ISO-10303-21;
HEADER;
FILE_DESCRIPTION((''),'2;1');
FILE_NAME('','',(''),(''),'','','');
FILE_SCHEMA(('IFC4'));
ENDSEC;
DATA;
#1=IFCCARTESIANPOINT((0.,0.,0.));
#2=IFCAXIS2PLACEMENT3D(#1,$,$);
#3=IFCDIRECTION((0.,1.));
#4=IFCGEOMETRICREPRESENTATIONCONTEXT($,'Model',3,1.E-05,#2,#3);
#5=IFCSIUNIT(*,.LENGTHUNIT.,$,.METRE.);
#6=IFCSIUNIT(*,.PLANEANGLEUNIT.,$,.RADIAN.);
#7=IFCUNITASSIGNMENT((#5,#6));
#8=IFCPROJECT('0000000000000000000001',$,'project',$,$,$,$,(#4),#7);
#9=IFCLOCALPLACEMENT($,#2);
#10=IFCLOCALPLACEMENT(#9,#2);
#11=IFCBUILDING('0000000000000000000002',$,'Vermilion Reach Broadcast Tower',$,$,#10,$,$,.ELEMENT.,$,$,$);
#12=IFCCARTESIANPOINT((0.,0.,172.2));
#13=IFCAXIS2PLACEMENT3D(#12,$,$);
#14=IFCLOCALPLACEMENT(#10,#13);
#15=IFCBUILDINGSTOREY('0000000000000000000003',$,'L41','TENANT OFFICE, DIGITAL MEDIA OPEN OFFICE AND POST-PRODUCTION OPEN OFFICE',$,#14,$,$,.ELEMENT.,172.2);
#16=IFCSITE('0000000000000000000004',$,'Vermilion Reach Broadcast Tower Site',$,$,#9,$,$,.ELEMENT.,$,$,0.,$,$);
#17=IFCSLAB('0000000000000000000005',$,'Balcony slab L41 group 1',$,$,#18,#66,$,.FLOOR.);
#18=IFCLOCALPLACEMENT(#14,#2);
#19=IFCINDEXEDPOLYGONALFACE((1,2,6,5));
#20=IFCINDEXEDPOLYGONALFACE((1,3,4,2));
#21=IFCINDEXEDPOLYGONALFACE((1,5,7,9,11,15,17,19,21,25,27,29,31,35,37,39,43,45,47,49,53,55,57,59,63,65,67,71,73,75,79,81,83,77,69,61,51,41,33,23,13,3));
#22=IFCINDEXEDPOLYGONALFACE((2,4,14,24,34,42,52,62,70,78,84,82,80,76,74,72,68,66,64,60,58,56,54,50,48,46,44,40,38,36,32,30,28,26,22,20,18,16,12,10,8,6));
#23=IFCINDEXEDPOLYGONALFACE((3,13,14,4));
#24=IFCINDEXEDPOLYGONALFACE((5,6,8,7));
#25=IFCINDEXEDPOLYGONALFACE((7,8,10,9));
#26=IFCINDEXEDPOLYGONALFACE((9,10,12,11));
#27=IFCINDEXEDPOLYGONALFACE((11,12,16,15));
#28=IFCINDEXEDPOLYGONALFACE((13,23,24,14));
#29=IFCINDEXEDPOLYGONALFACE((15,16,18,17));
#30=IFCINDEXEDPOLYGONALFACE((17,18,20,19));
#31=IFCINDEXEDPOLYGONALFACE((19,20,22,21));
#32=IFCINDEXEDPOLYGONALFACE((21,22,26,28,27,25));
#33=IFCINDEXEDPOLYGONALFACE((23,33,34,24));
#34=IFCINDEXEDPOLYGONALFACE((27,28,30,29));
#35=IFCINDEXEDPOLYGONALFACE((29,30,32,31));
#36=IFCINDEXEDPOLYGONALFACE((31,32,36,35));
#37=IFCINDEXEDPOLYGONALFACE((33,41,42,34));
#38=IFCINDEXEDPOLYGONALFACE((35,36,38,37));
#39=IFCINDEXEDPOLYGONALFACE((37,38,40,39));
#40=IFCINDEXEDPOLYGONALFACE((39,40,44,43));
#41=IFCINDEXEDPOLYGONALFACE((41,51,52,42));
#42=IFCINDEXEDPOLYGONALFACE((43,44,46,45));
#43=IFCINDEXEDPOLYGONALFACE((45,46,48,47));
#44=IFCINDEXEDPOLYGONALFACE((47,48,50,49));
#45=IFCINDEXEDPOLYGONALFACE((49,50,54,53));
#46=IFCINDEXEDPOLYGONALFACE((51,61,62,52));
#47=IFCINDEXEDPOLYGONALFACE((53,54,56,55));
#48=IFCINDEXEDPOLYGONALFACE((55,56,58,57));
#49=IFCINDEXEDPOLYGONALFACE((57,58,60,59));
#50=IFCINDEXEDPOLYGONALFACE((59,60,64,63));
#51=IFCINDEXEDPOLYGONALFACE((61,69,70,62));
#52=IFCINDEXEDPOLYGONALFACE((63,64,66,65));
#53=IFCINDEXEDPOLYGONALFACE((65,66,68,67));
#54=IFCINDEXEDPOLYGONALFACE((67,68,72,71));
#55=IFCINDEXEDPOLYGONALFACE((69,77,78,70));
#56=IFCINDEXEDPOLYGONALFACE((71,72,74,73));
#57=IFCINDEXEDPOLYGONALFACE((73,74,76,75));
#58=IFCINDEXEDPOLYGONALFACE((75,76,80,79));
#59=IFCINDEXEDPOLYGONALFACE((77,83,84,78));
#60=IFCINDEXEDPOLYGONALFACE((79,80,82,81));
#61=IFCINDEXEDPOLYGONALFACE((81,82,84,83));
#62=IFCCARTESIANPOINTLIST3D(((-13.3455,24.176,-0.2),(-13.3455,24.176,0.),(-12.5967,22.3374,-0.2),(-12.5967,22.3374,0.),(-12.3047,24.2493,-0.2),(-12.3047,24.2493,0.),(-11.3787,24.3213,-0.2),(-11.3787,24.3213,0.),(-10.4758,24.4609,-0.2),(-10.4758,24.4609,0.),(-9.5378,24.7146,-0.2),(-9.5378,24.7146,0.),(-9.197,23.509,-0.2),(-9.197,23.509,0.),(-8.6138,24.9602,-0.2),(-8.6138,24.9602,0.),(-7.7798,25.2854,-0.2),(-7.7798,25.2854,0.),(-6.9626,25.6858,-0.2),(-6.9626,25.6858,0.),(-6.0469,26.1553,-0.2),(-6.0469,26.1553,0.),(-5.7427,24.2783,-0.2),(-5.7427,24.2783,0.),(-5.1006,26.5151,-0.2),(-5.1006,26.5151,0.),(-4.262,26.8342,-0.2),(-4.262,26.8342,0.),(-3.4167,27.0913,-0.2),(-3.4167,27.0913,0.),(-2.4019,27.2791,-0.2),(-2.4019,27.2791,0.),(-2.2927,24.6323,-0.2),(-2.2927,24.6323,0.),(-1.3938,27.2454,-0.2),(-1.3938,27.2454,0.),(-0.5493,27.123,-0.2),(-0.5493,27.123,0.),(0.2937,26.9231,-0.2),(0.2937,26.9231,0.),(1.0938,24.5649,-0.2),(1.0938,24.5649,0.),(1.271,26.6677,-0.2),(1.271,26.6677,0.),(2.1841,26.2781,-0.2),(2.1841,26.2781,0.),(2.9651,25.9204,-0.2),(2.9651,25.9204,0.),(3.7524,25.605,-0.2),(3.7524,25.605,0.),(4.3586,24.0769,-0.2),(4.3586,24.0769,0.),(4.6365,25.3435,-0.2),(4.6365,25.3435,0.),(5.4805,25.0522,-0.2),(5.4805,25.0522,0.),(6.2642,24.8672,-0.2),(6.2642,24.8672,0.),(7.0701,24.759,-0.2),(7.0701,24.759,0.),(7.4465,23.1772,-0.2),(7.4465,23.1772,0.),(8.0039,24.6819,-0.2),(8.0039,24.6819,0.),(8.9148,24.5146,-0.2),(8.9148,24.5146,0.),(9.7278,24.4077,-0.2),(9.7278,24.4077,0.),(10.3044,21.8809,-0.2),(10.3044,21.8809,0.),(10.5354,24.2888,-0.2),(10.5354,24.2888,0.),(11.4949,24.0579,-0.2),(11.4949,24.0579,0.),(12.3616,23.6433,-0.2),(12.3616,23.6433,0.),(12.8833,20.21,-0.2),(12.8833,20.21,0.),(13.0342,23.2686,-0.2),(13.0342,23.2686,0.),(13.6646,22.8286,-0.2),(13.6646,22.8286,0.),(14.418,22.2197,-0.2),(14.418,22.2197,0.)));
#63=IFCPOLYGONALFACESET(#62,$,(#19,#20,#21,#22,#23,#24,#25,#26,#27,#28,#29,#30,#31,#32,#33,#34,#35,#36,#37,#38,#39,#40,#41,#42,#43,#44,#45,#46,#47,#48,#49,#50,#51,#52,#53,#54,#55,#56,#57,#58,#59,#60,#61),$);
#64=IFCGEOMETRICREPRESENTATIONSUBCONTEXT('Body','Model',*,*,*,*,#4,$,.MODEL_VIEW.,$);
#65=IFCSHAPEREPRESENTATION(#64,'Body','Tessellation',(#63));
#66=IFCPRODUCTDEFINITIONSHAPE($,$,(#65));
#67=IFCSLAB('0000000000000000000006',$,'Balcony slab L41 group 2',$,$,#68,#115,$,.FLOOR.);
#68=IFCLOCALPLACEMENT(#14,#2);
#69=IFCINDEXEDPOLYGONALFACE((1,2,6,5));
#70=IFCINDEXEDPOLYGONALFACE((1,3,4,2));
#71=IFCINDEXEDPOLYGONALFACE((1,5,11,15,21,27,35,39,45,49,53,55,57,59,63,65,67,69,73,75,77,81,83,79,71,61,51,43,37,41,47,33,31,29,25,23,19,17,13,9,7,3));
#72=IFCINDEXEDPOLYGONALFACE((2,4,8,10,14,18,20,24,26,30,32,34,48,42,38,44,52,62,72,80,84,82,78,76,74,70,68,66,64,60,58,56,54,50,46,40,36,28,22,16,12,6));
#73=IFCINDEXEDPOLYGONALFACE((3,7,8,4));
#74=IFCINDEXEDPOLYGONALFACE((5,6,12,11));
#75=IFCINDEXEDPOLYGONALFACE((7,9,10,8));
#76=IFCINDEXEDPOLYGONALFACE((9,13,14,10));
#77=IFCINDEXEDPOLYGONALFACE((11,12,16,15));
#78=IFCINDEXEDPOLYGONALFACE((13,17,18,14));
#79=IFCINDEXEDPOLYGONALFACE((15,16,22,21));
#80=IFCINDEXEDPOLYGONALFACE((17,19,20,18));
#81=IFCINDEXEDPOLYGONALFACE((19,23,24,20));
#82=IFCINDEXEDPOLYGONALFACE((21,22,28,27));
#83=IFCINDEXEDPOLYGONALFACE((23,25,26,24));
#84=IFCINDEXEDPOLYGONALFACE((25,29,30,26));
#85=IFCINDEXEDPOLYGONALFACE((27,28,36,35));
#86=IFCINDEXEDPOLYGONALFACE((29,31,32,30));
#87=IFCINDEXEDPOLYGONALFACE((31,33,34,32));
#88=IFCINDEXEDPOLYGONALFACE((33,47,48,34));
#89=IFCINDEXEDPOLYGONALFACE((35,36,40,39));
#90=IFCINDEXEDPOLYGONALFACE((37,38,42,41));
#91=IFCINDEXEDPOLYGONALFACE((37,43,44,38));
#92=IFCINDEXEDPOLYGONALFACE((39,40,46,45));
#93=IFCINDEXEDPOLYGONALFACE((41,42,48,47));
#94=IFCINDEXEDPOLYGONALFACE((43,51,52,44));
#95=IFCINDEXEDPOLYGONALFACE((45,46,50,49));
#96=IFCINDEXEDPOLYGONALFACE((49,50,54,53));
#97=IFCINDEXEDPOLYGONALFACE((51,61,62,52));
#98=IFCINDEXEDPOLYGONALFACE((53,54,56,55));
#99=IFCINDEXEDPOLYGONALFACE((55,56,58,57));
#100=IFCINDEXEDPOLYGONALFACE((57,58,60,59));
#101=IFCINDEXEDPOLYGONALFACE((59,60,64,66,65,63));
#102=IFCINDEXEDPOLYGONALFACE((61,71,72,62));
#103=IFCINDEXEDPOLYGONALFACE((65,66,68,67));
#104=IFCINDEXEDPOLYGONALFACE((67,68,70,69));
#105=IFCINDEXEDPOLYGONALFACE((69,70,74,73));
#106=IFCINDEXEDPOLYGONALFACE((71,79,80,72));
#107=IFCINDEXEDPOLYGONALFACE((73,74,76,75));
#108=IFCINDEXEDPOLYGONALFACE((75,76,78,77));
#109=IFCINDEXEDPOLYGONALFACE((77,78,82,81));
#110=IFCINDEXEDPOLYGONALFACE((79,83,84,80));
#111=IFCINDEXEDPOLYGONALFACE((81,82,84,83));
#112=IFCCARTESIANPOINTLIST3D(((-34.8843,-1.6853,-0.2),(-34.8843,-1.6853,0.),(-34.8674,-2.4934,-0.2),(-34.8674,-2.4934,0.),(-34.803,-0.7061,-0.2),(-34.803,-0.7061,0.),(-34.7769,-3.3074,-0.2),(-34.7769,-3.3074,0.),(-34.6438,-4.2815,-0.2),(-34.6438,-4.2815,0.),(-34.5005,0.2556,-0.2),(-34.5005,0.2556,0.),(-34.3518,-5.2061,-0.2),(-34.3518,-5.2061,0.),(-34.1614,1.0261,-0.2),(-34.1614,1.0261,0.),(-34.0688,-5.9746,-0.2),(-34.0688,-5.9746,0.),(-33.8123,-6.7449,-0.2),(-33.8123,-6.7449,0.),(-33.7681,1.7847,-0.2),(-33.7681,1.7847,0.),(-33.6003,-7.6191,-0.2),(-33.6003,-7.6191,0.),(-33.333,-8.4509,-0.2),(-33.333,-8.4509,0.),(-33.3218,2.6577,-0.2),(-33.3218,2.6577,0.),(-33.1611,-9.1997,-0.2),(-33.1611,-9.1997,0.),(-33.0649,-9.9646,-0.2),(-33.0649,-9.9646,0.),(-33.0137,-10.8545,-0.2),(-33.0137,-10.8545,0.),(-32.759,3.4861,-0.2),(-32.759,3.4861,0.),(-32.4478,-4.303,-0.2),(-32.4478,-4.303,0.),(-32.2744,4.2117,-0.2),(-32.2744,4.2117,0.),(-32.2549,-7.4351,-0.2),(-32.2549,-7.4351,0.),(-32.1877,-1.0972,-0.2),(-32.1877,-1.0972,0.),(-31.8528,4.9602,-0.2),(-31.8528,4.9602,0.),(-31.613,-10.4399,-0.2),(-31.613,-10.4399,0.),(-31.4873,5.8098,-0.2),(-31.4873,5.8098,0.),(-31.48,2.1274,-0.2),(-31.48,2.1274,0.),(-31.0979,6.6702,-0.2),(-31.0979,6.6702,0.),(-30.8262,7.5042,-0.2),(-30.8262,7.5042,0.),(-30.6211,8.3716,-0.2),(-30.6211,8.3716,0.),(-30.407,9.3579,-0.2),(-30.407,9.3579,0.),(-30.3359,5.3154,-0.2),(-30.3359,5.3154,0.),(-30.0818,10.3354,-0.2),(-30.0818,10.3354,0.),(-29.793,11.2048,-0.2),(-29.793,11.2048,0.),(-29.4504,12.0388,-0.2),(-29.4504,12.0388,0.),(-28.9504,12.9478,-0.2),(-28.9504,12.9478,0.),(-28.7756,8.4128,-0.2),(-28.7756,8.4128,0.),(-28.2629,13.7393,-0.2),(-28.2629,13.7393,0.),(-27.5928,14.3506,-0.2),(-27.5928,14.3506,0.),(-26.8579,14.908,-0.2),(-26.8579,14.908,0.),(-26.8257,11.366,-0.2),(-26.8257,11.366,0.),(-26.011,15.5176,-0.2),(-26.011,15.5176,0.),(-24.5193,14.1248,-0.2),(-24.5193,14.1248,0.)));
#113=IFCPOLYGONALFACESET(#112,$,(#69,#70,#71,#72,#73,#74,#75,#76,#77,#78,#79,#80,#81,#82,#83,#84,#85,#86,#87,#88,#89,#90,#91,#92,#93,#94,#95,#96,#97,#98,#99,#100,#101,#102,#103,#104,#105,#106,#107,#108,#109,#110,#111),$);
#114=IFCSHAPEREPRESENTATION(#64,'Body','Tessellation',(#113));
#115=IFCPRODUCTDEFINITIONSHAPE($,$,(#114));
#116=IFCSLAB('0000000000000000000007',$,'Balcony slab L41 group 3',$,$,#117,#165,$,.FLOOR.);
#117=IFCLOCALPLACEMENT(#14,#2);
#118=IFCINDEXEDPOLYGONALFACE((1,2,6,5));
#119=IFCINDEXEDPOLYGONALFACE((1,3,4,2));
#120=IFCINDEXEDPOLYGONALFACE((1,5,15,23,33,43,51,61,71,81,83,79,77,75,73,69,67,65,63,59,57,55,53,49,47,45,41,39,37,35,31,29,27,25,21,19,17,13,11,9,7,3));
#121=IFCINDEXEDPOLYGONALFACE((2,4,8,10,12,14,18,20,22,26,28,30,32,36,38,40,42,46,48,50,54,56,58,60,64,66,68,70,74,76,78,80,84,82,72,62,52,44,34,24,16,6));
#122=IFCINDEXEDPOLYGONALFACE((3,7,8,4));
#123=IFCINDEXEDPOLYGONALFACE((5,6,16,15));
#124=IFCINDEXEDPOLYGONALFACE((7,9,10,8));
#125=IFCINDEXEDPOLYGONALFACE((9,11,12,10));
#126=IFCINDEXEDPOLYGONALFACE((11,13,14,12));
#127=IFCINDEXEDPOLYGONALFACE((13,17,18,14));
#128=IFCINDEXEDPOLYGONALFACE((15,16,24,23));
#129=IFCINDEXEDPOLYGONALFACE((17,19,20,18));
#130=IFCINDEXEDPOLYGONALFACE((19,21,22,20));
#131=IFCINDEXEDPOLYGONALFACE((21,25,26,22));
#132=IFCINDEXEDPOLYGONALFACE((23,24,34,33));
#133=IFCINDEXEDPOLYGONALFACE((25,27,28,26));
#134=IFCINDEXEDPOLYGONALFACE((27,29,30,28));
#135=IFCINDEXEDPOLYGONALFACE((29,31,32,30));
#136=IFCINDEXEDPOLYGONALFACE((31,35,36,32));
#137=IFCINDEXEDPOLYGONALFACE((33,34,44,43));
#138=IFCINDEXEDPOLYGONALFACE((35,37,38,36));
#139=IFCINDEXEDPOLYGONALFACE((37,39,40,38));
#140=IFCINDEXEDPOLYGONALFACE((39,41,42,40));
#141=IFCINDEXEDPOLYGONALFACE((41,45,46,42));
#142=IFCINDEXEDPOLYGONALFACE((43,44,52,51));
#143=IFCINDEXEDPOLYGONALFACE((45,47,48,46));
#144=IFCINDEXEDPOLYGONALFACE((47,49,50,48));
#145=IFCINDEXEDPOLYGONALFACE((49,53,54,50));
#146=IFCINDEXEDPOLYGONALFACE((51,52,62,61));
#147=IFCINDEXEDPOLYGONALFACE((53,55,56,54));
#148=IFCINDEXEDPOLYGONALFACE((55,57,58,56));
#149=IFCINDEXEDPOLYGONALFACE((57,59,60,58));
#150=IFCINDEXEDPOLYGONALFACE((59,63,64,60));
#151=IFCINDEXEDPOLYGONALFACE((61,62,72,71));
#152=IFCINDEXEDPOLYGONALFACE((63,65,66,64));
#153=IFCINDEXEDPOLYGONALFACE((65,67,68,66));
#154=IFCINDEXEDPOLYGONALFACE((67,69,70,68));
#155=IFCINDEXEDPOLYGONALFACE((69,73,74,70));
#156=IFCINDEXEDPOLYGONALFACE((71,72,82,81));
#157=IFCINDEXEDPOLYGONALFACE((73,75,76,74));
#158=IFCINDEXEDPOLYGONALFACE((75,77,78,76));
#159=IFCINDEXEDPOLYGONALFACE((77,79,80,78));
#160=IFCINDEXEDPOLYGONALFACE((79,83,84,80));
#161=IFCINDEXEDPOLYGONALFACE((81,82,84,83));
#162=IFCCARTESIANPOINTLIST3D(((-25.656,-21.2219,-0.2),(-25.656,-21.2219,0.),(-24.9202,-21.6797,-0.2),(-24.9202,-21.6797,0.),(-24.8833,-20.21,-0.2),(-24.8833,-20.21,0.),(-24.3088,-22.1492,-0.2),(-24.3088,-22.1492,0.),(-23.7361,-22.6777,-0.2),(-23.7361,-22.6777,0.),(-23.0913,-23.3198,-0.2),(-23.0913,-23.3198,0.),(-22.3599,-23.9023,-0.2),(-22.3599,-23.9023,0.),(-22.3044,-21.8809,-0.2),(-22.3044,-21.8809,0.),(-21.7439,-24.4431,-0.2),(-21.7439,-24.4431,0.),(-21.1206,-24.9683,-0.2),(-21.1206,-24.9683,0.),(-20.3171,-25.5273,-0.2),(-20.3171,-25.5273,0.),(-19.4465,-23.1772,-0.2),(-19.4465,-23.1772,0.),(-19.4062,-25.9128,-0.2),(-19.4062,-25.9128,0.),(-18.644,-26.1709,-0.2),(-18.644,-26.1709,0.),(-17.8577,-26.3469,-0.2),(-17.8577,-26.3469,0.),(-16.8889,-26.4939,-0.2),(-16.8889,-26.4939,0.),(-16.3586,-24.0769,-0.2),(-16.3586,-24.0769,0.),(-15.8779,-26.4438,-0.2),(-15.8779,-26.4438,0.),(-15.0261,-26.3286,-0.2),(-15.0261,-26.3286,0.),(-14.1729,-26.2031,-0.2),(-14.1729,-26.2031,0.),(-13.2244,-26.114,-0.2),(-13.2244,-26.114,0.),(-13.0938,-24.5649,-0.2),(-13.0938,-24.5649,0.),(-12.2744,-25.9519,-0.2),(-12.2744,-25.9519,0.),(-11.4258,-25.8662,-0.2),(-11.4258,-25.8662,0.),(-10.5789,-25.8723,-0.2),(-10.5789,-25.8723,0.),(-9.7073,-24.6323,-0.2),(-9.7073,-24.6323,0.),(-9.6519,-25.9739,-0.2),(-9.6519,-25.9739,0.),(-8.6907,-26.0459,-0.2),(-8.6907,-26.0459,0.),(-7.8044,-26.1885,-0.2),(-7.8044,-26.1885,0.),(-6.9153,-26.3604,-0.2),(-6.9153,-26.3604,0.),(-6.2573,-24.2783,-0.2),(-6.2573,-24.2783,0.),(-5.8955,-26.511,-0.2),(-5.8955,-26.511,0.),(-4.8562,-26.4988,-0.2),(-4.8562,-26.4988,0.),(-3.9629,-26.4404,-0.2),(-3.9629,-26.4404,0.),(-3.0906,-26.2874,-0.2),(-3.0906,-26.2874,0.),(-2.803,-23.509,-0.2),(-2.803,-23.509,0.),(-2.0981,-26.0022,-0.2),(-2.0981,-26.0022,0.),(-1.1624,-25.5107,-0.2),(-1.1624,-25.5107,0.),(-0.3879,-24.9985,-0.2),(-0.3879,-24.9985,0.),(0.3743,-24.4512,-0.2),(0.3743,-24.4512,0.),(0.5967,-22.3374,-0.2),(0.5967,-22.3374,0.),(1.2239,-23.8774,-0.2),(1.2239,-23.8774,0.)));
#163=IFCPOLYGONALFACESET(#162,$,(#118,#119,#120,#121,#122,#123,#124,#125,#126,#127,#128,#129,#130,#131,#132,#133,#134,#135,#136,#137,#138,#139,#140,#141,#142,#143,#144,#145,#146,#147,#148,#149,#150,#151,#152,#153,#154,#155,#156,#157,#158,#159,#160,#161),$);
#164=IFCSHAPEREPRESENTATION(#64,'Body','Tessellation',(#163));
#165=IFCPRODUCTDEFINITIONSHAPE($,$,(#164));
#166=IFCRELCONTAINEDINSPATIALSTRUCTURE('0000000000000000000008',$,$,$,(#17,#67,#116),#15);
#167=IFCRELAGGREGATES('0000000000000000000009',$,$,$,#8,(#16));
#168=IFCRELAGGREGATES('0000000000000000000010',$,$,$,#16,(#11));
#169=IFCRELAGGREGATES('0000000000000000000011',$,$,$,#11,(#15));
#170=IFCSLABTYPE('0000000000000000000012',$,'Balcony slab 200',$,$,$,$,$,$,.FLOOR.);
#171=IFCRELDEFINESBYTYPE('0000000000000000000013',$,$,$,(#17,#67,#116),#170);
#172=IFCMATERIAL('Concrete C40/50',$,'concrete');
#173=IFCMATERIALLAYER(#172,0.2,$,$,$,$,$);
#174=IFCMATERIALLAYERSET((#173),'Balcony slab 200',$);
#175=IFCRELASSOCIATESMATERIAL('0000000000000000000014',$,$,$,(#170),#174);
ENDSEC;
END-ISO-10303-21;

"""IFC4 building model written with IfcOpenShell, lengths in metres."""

from ifc_helpers import new_model, si_unit, direction, frame, origin, place, context, subcontext, project, spatial, polyline, outline, extrude, material, layer, layer_set, type_object, element, save


model = new_model("IFC4")

# Units and contexts
model_context = context("Model", 3, precision=1e-05, world=origin(), true_north=direction((0.0, 1.0)))
body_context = subcontext(model_context, "Body", "Model", "MODEL_VIEW")
ifc_project = project(units=[si_unit("LENGTHUNIT", "METRE"), si_unit("PLANEANGLEUNIT", "RADIAN")], contexts=[model_context])

# Site, building, storey
site_placement = place(None, origin())
site = spatial("IfcSite", under=ifc_project, at=site_placement, Name="Vermilion Reach Broadcast Tower Site", CompositionType="ELEMENT", RefElevation=0.0)
building_placement = place(site_placement, origin())
building = spatial("IfcBuilding", under=site, at=building_placement, Name="Vermilion Reach Broadcast Tower", CompositionType="ELEMENT")
storey_placement = place(building_placement, frame((0.0, 0.0, 172.2)))
storey = spatial("IfcBuildingStorey", under=building, at=storey_placement, Name="L41", Description="TENANT OFFICE, DIGITAL MEDIA OPEN OFFICE AND POST-PRODUCTION OPEN OFFICE", CompositionType="ELEMENT", Elevation=172.2)

# Slabs
ifc_material_1 = material(Name="Concrete C40/50", Category="concrete")
ifc_layer_1 = layer(ifc_material_1, 0.2)
ifc_layer_set_1 = layer_set([ifc_layer_1], Name="Balcony slab 200")
slab_type_1 = type_object("IfcSlabType", Name="Balcony slab 200", PredefinedType="FLOOR", material=ifc_layer_set_1)
placement_1 = place(storey_placement, frame((0.0, 0.0, -0.2)))
element("IfcSlab", 1, at=placement_1, inside=storey, type_object=slab_type_1, Name="Balcony slab L41 group 1", PredefinedType="FLOOR", context=body_context, shape_type="SweptSolid", body=[
    extrude(outline(polyline([(12.8833, 20.21), (10.3044, 21.8809), (7.4465, 23.1772), (4.3586, 24.0769), (1.0938, 24.5649), (-2.2927, 24.6323), (-5.7427, 24.2783), (-9.197, 23.509), (-12.5967, 22.3374), (-13.3455, 24.176), (-12.3047, 24.2493), (-11.3787, 24.3213), (-10.4758, 24.4609), (-9.5378, 24.7146), (-8.6138, 24.9602), (-7.7798, 25.2854), (-6.9626, 25.6858), (-6.0469, 26.1553), (-5.1006, 26.5151), (-4.262, 26.8342), (-3.4167, 27.0913), (-2.4019, 27.2791), (-1.3938, 27.2454), (-0.5493, 27.123), (0.2937, 26.9231), (1.271, 26.6677), (2.1841, 26.2781), (2.9651, 25.9204), (3.7524, 25.605), (4.6365, 25.3435), (5.4805, 25.0522), (6.2642, 24.8672), (7.0701, 24.759), (8.0039, 24.6819), (8.9148, 24.5146), (9.7278, 24.4077), (10.5354, 24.2888), (11.4949, 24.0579), (12.3616, 23.6433), (13.0342, 23.2686), (13.6646, 22.8286), (14.418, 22.2197), (12.8833, 20.21)])), origin(), (0.0, 0.0, 1.0), 0.2),
])
element("IfcSlab", 2, at=placement_1, inside=storey, type_object=slab_type_1, Name="Balcony slab L41 group 2", PredefinedType="FLOOR", context=body_context, shape_type="SweptSolid", body=[
    extrude(outline(polyline([(-24.5193, 14.1248), (-26.8257, 11.366), (-28.7756, 8.4128), (-30.3359, 5.3154), (-31.48, 2.1274), (-32.1877, -1.0972), (-32.4478, -4.303), (-32.2549, -7.4351), (-31.613, -10.4399), (-33.0137, -10.8545), (-33.0649, -9.9646), (-33.1611, -9.1997), (-33.333, -8.4509), (-33.6003, -7.6191), (-33.8123, -6.7449), (-34.0688, -5.9746), (-34.3518, -5.2061), (-34.6438, -4.2815), (-34.7769, -3.3074), (-34.8674, -2.4934), (-34.8843, -1.6853), (-34.803, -0.7061), (-34.5005, 0.2556), (-34.1614, 1.0261), (-33.7681, 1.7847), (-33.3218, 2.6577), (-32.759, 3.4861), (-32.2744, 4.2117), (-31.8528, 4.9602), (-31.4873, 5.8098), (-31.0979, 6.6702), (-30.8262, 7.5042), (-30.6211, 8.3716), (-30.407, 9.3579), (-30.0818, 10.3354), (-29.793, 11.2048), (-29.4504, 12.0388), (-28.9504, 12.9478), (-28.2629, 13.7393), (-27.5928, 14.3506), (-26.8579, 14.908), (-26.011, 15.5176), (-24.5193, 14.1248)])), origin(), (0.0, 0.0, 1.0), 0.2),
])
element("IfcSlab", 3, at=placement_1, inside=storey, type_object=slab_type_1, Name="Balcony slab L41 group 3", PredefinedType="FLOOR", context=body_context, shape_type="SweptSolid", body=[
    extrude(outline(polyline([(-24.8833, -20.21), (-22.3044, -21.8809), (-19.4465, -23.1772), (-16.3586, -24.0769), (-13.0938, -24.5649), (-9.7073, -24.6323), (-6.2573, -24.2783), (-2.803, -23.509), (0.5967, -22.3374), (1.2239, -23.8774), (0.3743, -24.4512), (-0.3879, -24.9985), (-1.1624, -25.5107), (-2.0981, -26.0022), (-3.0906, -26.2874), (-3.9629, -26.4404), (-4.8562, -26.4988), (-5.8955, -26.511), (-6.9153, -26.3604), (-7.8044, -26.1885), (-8.6907, -26.0459), (-9.6519, -25.9739), (-10.5789, -25.8723), (-11.4258, -25.8662), (-12.2744, -25.9519), (-13.2244, -26.114), (-14.1729, -26.2031), (-15.0261, -26.3286), (-15.8779, -26.4438), (-16.8889, -26.4939), (-17.8577, -26.3469), (-18.644, -26.1709), (-19.4062, -25.9128), (-20.3171, -25.5273), (-21.1206, -24.9683), (-21.7439, -24.4431), (-22.3599, -23.9023), (-23.0913, -23.3198), (-23.7361, -22.6777), (-24.3088, -22.1492), (-24.9202, -21.6797), (-25.656, -21.2219), (-24.8833, -20.21)])), origin(), (0.0, 0.0, 1.0), 0.2),
])

save(model, "model.ifc")
